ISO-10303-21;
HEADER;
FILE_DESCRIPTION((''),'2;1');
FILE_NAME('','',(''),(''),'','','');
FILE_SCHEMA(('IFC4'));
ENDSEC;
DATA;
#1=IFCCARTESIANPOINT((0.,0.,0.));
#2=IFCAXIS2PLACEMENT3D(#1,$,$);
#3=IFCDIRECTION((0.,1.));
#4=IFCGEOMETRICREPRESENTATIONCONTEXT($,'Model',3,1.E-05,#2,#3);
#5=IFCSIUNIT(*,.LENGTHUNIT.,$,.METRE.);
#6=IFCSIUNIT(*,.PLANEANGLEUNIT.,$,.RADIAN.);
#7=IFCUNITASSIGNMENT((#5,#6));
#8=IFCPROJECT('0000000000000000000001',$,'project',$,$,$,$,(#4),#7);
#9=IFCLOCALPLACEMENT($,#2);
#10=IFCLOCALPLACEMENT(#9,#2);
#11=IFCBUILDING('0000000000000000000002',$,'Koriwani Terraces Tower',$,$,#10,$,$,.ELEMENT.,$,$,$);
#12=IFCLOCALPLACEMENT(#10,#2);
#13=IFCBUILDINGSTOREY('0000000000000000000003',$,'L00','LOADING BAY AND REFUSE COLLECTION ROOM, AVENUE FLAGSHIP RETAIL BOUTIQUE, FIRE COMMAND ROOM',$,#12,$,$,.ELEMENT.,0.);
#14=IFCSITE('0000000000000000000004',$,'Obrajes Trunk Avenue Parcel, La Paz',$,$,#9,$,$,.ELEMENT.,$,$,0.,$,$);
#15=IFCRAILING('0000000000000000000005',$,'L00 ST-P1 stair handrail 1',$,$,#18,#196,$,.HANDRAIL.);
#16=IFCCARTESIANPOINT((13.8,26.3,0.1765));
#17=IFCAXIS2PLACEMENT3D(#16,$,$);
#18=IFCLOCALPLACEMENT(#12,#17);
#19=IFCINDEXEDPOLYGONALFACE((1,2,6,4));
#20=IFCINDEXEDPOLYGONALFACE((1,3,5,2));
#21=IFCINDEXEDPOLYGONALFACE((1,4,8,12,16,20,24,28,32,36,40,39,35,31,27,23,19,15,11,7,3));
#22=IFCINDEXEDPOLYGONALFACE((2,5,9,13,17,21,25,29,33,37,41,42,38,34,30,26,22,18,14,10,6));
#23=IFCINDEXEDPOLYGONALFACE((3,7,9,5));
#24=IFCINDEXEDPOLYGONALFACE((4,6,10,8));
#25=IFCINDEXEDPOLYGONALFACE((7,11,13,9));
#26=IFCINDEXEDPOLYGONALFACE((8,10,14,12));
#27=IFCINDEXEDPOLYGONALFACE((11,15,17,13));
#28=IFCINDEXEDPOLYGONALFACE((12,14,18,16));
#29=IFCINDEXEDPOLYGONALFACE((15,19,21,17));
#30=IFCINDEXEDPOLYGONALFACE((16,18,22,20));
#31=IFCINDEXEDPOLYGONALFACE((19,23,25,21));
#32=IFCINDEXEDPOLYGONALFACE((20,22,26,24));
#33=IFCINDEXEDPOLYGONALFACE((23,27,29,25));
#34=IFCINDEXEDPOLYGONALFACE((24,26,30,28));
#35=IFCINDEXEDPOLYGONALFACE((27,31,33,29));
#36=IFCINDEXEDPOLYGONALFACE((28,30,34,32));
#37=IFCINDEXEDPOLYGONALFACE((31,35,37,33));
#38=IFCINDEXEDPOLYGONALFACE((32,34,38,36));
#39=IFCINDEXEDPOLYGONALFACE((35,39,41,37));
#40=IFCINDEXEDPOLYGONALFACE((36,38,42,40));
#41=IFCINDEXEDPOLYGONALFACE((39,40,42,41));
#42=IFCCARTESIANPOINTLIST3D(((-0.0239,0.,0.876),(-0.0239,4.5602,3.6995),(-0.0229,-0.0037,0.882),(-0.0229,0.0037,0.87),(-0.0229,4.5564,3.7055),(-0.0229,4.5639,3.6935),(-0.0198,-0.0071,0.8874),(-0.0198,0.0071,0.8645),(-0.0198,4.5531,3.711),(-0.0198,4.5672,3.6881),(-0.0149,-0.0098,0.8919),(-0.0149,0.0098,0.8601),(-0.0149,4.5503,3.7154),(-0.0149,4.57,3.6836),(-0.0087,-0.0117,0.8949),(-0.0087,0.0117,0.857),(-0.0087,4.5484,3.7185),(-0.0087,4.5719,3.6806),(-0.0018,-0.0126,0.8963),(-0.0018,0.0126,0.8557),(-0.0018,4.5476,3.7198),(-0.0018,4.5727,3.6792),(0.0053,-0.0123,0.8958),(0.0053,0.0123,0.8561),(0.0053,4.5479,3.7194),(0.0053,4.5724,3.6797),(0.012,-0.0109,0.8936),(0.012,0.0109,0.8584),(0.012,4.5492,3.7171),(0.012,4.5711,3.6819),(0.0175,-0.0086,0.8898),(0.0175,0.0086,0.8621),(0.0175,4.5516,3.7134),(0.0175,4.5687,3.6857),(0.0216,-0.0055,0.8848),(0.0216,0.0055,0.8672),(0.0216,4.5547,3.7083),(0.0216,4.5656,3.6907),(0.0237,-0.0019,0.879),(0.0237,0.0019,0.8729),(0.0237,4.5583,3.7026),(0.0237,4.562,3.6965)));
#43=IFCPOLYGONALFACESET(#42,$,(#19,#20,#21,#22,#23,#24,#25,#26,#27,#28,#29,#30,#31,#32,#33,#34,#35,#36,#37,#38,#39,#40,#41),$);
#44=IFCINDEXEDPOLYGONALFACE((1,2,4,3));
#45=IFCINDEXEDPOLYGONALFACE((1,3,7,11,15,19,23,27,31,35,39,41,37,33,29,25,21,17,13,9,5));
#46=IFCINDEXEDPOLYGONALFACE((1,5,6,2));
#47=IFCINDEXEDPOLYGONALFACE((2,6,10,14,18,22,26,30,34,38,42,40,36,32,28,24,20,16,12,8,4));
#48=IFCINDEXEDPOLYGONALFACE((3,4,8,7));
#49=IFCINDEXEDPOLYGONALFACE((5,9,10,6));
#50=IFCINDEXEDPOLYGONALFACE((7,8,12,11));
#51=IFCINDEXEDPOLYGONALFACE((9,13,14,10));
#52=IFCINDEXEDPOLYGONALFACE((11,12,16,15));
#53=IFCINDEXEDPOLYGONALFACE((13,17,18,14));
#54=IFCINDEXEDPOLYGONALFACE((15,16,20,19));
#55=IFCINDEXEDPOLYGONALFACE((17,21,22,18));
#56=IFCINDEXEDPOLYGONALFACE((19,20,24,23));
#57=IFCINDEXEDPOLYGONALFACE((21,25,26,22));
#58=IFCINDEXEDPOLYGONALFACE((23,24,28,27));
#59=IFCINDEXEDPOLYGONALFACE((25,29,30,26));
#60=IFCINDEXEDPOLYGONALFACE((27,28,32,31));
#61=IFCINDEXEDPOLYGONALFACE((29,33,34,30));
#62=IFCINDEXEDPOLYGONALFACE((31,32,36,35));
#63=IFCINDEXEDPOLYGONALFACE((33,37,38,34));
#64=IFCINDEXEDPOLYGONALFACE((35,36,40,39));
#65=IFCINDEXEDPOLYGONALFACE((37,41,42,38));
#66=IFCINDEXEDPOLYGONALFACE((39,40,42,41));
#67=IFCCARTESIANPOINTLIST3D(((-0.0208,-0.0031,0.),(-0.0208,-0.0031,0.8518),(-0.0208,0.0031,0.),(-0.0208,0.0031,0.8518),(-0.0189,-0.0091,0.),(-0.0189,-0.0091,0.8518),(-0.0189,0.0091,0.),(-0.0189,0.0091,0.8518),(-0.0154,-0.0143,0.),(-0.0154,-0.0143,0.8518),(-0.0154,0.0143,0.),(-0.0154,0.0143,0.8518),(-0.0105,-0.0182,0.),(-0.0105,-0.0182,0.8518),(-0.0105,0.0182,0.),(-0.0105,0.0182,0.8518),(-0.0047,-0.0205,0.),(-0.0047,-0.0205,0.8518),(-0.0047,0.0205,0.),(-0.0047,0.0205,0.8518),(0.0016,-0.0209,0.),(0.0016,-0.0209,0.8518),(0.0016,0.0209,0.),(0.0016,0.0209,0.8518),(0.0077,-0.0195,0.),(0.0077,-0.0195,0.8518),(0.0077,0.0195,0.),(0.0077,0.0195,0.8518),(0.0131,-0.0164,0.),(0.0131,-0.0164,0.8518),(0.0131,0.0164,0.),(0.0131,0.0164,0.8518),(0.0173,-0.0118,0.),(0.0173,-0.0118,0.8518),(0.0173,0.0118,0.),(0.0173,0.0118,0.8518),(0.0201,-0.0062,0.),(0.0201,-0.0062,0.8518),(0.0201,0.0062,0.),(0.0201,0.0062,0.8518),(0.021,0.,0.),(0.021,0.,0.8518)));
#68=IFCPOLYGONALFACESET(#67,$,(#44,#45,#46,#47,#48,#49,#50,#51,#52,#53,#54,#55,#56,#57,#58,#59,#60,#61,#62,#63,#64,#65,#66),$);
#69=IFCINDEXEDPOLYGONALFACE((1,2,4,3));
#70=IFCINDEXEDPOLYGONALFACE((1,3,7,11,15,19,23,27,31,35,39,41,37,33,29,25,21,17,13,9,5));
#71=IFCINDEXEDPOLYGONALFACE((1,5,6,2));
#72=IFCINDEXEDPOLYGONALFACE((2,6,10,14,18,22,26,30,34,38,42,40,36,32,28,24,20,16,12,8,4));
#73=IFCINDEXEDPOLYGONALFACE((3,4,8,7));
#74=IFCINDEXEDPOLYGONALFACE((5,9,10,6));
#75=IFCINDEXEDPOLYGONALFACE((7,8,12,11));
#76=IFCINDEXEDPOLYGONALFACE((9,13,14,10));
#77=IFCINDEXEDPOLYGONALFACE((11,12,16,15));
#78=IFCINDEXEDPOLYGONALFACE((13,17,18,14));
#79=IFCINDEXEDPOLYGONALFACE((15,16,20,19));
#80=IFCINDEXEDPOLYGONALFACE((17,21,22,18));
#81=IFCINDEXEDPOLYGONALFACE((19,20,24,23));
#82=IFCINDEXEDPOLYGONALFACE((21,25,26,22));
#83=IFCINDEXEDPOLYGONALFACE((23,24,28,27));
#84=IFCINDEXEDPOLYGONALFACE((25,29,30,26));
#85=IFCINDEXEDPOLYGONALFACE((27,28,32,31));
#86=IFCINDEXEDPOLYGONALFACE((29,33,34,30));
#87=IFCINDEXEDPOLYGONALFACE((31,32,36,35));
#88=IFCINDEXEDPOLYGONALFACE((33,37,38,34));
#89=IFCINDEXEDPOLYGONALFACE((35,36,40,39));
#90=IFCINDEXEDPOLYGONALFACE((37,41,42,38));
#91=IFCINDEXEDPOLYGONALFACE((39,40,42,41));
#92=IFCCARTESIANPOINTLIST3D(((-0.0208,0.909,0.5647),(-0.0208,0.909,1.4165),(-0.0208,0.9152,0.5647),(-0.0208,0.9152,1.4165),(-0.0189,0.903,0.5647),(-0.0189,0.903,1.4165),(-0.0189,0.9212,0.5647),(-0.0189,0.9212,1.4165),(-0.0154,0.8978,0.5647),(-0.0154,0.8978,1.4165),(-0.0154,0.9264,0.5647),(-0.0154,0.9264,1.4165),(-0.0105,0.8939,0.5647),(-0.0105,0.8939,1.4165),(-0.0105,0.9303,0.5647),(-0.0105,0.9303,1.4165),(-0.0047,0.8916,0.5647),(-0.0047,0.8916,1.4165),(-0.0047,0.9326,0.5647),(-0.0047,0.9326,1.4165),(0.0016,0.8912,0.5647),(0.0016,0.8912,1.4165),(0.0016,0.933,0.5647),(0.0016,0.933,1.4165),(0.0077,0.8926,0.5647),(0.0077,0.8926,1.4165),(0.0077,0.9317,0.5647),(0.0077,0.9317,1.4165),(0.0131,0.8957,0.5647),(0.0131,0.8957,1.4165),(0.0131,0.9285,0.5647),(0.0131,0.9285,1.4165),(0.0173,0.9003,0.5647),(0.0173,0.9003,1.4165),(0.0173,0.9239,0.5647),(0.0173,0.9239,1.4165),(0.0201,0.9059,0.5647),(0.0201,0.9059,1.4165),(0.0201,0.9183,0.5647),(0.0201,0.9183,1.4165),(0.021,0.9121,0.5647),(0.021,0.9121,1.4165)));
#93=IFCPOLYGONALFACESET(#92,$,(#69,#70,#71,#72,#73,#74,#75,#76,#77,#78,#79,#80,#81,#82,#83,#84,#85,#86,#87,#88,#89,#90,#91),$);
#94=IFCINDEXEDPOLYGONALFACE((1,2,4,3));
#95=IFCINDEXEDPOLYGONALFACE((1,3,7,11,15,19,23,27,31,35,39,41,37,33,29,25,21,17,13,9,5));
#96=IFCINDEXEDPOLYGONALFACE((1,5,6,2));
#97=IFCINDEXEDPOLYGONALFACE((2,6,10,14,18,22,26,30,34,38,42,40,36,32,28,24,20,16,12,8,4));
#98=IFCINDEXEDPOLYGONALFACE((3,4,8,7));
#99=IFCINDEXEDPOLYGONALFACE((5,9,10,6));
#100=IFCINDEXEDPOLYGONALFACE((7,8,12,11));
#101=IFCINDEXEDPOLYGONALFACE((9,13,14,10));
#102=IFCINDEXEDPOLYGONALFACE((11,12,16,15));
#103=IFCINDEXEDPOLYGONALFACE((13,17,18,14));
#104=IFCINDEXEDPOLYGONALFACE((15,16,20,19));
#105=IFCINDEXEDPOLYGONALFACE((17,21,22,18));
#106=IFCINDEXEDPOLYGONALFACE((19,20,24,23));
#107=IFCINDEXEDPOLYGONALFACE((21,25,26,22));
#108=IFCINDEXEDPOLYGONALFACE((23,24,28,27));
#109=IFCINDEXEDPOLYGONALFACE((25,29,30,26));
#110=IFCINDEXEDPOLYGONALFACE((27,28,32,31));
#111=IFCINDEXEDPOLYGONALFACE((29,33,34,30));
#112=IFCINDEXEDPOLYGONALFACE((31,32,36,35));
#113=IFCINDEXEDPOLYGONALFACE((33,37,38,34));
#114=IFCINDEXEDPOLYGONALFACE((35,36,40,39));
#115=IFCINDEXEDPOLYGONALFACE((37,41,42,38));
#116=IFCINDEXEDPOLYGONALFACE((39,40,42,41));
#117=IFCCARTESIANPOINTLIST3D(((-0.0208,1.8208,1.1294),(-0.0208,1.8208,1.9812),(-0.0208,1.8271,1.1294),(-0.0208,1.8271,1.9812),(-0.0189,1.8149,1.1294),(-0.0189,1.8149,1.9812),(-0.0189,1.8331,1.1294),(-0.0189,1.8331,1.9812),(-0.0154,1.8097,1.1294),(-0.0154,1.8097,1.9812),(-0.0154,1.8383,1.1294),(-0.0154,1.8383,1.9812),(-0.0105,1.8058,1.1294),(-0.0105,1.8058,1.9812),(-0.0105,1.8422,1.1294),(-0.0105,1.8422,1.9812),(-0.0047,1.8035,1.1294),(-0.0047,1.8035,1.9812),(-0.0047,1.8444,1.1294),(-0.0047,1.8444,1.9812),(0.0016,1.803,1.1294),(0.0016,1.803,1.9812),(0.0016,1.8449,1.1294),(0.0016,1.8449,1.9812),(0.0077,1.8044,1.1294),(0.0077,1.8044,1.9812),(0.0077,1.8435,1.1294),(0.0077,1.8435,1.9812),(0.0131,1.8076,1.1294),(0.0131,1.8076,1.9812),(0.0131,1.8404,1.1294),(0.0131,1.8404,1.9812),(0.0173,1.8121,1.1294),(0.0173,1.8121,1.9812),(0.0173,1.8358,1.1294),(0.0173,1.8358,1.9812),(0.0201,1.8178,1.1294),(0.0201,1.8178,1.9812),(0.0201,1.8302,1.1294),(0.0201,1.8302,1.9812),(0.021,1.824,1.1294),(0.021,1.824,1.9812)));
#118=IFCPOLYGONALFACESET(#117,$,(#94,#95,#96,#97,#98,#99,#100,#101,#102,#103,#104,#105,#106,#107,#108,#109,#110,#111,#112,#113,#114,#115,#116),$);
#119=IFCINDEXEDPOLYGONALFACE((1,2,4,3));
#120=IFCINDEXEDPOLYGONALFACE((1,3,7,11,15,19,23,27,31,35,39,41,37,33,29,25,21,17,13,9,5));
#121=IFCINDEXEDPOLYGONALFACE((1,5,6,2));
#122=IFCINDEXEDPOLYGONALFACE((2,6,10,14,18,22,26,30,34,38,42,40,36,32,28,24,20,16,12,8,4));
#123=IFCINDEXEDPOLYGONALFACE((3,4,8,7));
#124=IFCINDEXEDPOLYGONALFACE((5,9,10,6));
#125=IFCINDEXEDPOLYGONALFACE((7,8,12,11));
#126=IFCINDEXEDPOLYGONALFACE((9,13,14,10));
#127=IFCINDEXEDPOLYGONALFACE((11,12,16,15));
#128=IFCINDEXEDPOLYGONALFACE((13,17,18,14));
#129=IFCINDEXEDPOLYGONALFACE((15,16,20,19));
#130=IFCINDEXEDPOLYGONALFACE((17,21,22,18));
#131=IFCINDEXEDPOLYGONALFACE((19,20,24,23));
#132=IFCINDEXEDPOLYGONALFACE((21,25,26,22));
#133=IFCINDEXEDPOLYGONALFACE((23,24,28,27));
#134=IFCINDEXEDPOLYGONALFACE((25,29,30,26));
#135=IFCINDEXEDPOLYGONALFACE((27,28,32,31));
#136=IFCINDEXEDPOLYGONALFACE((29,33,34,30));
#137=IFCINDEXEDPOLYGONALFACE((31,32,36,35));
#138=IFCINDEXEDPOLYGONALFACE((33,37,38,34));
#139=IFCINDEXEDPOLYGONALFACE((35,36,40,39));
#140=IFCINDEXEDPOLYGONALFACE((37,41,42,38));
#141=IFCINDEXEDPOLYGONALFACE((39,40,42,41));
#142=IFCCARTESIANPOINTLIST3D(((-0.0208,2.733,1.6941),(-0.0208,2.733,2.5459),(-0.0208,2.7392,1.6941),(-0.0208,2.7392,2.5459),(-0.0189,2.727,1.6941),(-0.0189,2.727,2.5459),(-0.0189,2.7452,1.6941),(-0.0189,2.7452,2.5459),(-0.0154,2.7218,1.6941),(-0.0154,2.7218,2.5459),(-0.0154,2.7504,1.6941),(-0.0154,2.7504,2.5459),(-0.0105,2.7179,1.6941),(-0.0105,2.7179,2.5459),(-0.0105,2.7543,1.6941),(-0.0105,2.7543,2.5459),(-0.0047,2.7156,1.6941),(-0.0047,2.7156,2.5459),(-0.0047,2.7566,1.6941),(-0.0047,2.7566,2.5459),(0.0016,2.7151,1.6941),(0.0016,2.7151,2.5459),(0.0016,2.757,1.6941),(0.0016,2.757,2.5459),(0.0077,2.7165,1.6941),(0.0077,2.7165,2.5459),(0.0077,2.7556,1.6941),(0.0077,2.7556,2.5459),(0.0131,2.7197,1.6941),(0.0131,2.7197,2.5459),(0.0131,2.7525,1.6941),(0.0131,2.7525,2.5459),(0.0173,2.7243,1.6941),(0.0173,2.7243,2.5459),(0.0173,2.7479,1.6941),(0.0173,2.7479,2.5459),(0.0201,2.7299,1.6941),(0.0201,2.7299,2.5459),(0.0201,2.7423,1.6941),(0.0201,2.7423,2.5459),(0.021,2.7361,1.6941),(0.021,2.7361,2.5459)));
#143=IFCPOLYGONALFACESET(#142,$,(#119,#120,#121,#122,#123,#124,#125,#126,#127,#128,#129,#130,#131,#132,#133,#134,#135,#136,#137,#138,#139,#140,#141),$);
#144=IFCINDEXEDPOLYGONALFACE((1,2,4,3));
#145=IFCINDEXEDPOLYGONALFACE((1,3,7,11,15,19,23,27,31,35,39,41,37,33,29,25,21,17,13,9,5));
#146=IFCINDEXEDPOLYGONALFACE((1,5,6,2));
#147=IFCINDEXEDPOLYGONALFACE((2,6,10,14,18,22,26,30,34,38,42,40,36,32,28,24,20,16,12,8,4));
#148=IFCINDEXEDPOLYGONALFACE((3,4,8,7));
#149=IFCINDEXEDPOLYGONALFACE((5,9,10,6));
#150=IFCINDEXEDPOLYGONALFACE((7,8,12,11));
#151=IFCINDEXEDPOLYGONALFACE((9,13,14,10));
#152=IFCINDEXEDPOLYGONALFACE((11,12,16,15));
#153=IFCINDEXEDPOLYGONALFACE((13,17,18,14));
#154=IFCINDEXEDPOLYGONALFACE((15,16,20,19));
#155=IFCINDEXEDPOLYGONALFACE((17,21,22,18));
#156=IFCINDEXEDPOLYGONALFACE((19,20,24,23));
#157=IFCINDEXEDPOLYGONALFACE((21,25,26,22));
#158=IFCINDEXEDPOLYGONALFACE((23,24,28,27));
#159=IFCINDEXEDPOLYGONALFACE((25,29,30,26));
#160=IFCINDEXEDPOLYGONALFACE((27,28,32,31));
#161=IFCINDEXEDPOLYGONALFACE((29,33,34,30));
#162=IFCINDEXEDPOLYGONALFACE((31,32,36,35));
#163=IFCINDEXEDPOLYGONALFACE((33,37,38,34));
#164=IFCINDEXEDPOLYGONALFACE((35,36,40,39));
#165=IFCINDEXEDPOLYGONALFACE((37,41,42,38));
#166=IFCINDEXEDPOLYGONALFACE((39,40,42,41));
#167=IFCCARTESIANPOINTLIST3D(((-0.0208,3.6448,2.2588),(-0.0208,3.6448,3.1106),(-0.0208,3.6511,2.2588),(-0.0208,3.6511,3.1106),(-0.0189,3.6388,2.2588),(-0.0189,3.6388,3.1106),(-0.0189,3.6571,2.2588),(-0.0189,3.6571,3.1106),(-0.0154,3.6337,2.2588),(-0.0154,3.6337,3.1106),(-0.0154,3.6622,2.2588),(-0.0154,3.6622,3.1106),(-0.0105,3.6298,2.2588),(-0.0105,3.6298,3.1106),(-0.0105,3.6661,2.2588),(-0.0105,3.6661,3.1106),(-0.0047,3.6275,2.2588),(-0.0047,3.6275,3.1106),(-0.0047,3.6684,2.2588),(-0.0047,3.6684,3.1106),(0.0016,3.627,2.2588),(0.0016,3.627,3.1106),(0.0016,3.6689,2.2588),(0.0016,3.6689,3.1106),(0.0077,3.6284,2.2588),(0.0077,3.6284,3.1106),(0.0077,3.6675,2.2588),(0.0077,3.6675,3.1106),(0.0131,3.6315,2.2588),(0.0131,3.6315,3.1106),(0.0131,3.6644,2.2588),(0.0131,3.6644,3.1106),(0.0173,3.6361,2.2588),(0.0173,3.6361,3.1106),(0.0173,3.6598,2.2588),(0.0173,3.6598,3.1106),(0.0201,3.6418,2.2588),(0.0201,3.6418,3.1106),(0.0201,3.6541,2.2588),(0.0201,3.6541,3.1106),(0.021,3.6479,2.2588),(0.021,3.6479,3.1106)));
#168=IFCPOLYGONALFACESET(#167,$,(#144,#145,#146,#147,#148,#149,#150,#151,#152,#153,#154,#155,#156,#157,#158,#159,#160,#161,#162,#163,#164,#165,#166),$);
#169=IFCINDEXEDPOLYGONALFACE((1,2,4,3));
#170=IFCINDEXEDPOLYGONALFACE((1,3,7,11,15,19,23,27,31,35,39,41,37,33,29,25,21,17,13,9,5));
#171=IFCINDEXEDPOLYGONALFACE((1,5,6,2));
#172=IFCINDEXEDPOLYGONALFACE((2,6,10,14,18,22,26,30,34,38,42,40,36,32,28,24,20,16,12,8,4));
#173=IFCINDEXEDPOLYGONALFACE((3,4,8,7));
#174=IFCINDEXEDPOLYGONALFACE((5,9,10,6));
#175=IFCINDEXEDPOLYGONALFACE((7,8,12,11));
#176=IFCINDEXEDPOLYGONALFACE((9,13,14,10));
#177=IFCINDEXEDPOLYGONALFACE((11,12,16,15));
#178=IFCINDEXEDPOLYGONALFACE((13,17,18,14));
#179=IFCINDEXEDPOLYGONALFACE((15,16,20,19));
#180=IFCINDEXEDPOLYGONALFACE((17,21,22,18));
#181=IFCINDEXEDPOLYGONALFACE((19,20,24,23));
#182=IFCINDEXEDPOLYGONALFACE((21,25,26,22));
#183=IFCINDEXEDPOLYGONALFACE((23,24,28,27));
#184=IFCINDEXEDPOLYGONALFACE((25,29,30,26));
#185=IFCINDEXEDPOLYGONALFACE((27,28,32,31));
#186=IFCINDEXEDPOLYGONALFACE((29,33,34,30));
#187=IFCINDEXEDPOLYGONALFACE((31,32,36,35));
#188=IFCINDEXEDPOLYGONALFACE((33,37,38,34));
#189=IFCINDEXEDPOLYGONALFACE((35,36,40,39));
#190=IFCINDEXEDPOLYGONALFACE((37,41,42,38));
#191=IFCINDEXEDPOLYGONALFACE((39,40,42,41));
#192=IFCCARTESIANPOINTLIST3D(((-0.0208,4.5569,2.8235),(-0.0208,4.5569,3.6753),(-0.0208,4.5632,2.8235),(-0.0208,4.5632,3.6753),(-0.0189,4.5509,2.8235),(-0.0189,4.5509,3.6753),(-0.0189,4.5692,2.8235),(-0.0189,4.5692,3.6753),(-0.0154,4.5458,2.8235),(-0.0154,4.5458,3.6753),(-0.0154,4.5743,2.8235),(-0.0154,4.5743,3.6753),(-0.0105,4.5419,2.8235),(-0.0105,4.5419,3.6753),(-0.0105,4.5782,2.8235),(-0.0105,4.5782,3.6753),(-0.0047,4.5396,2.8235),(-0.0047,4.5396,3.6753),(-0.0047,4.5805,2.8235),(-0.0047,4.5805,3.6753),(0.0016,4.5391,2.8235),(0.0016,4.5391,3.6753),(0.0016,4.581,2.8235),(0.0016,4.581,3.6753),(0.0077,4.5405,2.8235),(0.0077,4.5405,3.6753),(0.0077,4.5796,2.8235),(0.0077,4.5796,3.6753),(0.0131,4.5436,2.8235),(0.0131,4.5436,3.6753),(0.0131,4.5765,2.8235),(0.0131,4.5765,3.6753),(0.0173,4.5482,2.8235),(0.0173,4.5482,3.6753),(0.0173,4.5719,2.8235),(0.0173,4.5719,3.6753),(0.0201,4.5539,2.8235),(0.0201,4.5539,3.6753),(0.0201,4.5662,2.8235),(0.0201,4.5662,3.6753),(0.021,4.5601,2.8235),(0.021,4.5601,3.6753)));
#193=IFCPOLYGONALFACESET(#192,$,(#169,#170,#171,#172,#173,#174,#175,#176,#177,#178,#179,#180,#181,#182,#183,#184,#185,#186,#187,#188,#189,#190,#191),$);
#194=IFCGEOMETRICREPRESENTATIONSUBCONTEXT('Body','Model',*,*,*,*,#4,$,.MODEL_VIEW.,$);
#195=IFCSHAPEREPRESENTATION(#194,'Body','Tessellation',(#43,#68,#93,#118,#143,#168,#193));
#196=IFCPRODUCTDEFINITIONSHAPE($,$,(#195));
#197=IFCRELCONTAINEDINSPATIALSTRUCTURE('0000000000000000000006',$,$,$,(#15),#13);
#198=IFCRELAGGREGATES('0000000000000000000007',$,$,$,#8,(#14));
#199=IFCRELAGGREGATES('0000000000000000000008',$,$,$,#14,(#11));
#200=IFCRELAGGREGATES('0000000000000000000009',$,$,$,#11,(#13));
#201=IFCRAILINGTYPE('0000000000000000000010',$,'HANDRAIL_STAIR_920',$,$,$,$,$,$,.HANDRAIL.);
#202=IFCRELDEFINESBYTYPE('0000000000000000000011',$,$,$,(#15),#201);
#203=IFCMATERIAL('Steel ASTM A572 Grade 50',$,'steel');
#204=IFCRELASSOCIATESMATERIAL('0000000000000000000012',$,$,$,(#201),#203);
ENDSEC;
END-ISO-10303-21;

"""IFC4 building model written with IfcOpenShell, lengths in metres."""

from ifc_helpers import new_model, si_unit, direction, frame, origin, origin_2d, place, context, subcontext, project, spatial, circle, extrude, material, type_object, element, save


model = new_model("IFC4")

# Units and contexts
model_context = context("Model", 3, precision=1e-05, world=origin(), true_north=direction((0.0, 1.0)))
body_context = subcontext(model_context, "Body", "Model", "MODEL_VIEW")
ifc_project = project(units=[si_unit("LENGTHUNIT", "METRE"), si_unit("PLANEANGLEUNIT", "RADIAN")], contexts=[model_context])

# Site, building, storey
site_placement = place(None, origin())
site = spatial("IfcSite", under=ifc_project, at=site_placement, Name="Obrajes Trunk Avenue Parcel, La Paz", CompositionType="ELEMENT", RefElevation=0.0)
building_placement = place(site_placement, origin())
building = spatial("IfcBuilding", under=site, at=building_placement, Name="Koriwani Terraces Tower", CompositionType="ELEMENT")
storey_placement = place(building_placement, origin())
storey = spatial("IfcBuildingStorey", under=building, at=storey_placement, Name="L00", Description="LOADING BAY AND REFUSE COLLECTION ROOM, AVENUE FLAGSHIP RETAIL BOUTIQUE, FIRE COMMAND ROOM", CompositionType="ELEMENT", Elevation=0.0)

# Shared definitions
ifc_material_1 = material(Name="Steel ASTM A572 Grade 50", Category="steel")

# Railing
railing_type = type_object("IfcRailingType", Name="HANDRAIL_STAIR_920", PredefinedType="HANDRAIL", material=ifc_material_1)
railing_placement = place(storey_placement, frame((13.8, 26.3, 0.1765)))
element("IfcRailing", 1, at=railing_placement, inside=storey, type_object=railing_type, Name="L00 ST-P1 stair handrail 1", PredefinedType="HANDRAIL", context=body_context, shape_type="SweptSolid", body=[
    extrude(circle(Radius=0.0239, at=origin_2d()), frame((0.0, 0.0, 0.876), z_axis=(0.0, 0.850216, 0.526435), x_axis=(-1.0, 0.0, 0.0)), (0.0, 0.0, 1.0), 5.3635),
    extrude(circle(Radius=0.021, at=origin_2d()), origin(), (0.0, 0.0, 1.0), 0.8518),
    extrude(circle(Radius=0.021, at=origin_2d()), frame((0.0, 0.9121, 0.5647)), (0.0, 0.0, 1.0), 0.8518),
    extrude(circle(Radius=0.021, at=origin_2d()), frame((0.0, 1.824, 1.1294)), (0.0, 0.0, 1.0), 0.8518),
    extrude(circle(Radius=0.021, at=origin_2d()), frame((0.0, 2.7361, 1.6941)), (0.0, 0.0, 1.0), 0.8518),
    extrude(circle(Radius=0.021, at=origin_2d()), frame((0.0, 3.6479, 2.2588)), (0.0, 0.0, 1.0), 0.8518),
    extrude(circle(Radius=0.021, at=origin_2d()), frame((0.0, 4.5601, 2.8235)), (0.0, 0.0, 1.0), 0.8518),
])

save(model, "model.ifc")
